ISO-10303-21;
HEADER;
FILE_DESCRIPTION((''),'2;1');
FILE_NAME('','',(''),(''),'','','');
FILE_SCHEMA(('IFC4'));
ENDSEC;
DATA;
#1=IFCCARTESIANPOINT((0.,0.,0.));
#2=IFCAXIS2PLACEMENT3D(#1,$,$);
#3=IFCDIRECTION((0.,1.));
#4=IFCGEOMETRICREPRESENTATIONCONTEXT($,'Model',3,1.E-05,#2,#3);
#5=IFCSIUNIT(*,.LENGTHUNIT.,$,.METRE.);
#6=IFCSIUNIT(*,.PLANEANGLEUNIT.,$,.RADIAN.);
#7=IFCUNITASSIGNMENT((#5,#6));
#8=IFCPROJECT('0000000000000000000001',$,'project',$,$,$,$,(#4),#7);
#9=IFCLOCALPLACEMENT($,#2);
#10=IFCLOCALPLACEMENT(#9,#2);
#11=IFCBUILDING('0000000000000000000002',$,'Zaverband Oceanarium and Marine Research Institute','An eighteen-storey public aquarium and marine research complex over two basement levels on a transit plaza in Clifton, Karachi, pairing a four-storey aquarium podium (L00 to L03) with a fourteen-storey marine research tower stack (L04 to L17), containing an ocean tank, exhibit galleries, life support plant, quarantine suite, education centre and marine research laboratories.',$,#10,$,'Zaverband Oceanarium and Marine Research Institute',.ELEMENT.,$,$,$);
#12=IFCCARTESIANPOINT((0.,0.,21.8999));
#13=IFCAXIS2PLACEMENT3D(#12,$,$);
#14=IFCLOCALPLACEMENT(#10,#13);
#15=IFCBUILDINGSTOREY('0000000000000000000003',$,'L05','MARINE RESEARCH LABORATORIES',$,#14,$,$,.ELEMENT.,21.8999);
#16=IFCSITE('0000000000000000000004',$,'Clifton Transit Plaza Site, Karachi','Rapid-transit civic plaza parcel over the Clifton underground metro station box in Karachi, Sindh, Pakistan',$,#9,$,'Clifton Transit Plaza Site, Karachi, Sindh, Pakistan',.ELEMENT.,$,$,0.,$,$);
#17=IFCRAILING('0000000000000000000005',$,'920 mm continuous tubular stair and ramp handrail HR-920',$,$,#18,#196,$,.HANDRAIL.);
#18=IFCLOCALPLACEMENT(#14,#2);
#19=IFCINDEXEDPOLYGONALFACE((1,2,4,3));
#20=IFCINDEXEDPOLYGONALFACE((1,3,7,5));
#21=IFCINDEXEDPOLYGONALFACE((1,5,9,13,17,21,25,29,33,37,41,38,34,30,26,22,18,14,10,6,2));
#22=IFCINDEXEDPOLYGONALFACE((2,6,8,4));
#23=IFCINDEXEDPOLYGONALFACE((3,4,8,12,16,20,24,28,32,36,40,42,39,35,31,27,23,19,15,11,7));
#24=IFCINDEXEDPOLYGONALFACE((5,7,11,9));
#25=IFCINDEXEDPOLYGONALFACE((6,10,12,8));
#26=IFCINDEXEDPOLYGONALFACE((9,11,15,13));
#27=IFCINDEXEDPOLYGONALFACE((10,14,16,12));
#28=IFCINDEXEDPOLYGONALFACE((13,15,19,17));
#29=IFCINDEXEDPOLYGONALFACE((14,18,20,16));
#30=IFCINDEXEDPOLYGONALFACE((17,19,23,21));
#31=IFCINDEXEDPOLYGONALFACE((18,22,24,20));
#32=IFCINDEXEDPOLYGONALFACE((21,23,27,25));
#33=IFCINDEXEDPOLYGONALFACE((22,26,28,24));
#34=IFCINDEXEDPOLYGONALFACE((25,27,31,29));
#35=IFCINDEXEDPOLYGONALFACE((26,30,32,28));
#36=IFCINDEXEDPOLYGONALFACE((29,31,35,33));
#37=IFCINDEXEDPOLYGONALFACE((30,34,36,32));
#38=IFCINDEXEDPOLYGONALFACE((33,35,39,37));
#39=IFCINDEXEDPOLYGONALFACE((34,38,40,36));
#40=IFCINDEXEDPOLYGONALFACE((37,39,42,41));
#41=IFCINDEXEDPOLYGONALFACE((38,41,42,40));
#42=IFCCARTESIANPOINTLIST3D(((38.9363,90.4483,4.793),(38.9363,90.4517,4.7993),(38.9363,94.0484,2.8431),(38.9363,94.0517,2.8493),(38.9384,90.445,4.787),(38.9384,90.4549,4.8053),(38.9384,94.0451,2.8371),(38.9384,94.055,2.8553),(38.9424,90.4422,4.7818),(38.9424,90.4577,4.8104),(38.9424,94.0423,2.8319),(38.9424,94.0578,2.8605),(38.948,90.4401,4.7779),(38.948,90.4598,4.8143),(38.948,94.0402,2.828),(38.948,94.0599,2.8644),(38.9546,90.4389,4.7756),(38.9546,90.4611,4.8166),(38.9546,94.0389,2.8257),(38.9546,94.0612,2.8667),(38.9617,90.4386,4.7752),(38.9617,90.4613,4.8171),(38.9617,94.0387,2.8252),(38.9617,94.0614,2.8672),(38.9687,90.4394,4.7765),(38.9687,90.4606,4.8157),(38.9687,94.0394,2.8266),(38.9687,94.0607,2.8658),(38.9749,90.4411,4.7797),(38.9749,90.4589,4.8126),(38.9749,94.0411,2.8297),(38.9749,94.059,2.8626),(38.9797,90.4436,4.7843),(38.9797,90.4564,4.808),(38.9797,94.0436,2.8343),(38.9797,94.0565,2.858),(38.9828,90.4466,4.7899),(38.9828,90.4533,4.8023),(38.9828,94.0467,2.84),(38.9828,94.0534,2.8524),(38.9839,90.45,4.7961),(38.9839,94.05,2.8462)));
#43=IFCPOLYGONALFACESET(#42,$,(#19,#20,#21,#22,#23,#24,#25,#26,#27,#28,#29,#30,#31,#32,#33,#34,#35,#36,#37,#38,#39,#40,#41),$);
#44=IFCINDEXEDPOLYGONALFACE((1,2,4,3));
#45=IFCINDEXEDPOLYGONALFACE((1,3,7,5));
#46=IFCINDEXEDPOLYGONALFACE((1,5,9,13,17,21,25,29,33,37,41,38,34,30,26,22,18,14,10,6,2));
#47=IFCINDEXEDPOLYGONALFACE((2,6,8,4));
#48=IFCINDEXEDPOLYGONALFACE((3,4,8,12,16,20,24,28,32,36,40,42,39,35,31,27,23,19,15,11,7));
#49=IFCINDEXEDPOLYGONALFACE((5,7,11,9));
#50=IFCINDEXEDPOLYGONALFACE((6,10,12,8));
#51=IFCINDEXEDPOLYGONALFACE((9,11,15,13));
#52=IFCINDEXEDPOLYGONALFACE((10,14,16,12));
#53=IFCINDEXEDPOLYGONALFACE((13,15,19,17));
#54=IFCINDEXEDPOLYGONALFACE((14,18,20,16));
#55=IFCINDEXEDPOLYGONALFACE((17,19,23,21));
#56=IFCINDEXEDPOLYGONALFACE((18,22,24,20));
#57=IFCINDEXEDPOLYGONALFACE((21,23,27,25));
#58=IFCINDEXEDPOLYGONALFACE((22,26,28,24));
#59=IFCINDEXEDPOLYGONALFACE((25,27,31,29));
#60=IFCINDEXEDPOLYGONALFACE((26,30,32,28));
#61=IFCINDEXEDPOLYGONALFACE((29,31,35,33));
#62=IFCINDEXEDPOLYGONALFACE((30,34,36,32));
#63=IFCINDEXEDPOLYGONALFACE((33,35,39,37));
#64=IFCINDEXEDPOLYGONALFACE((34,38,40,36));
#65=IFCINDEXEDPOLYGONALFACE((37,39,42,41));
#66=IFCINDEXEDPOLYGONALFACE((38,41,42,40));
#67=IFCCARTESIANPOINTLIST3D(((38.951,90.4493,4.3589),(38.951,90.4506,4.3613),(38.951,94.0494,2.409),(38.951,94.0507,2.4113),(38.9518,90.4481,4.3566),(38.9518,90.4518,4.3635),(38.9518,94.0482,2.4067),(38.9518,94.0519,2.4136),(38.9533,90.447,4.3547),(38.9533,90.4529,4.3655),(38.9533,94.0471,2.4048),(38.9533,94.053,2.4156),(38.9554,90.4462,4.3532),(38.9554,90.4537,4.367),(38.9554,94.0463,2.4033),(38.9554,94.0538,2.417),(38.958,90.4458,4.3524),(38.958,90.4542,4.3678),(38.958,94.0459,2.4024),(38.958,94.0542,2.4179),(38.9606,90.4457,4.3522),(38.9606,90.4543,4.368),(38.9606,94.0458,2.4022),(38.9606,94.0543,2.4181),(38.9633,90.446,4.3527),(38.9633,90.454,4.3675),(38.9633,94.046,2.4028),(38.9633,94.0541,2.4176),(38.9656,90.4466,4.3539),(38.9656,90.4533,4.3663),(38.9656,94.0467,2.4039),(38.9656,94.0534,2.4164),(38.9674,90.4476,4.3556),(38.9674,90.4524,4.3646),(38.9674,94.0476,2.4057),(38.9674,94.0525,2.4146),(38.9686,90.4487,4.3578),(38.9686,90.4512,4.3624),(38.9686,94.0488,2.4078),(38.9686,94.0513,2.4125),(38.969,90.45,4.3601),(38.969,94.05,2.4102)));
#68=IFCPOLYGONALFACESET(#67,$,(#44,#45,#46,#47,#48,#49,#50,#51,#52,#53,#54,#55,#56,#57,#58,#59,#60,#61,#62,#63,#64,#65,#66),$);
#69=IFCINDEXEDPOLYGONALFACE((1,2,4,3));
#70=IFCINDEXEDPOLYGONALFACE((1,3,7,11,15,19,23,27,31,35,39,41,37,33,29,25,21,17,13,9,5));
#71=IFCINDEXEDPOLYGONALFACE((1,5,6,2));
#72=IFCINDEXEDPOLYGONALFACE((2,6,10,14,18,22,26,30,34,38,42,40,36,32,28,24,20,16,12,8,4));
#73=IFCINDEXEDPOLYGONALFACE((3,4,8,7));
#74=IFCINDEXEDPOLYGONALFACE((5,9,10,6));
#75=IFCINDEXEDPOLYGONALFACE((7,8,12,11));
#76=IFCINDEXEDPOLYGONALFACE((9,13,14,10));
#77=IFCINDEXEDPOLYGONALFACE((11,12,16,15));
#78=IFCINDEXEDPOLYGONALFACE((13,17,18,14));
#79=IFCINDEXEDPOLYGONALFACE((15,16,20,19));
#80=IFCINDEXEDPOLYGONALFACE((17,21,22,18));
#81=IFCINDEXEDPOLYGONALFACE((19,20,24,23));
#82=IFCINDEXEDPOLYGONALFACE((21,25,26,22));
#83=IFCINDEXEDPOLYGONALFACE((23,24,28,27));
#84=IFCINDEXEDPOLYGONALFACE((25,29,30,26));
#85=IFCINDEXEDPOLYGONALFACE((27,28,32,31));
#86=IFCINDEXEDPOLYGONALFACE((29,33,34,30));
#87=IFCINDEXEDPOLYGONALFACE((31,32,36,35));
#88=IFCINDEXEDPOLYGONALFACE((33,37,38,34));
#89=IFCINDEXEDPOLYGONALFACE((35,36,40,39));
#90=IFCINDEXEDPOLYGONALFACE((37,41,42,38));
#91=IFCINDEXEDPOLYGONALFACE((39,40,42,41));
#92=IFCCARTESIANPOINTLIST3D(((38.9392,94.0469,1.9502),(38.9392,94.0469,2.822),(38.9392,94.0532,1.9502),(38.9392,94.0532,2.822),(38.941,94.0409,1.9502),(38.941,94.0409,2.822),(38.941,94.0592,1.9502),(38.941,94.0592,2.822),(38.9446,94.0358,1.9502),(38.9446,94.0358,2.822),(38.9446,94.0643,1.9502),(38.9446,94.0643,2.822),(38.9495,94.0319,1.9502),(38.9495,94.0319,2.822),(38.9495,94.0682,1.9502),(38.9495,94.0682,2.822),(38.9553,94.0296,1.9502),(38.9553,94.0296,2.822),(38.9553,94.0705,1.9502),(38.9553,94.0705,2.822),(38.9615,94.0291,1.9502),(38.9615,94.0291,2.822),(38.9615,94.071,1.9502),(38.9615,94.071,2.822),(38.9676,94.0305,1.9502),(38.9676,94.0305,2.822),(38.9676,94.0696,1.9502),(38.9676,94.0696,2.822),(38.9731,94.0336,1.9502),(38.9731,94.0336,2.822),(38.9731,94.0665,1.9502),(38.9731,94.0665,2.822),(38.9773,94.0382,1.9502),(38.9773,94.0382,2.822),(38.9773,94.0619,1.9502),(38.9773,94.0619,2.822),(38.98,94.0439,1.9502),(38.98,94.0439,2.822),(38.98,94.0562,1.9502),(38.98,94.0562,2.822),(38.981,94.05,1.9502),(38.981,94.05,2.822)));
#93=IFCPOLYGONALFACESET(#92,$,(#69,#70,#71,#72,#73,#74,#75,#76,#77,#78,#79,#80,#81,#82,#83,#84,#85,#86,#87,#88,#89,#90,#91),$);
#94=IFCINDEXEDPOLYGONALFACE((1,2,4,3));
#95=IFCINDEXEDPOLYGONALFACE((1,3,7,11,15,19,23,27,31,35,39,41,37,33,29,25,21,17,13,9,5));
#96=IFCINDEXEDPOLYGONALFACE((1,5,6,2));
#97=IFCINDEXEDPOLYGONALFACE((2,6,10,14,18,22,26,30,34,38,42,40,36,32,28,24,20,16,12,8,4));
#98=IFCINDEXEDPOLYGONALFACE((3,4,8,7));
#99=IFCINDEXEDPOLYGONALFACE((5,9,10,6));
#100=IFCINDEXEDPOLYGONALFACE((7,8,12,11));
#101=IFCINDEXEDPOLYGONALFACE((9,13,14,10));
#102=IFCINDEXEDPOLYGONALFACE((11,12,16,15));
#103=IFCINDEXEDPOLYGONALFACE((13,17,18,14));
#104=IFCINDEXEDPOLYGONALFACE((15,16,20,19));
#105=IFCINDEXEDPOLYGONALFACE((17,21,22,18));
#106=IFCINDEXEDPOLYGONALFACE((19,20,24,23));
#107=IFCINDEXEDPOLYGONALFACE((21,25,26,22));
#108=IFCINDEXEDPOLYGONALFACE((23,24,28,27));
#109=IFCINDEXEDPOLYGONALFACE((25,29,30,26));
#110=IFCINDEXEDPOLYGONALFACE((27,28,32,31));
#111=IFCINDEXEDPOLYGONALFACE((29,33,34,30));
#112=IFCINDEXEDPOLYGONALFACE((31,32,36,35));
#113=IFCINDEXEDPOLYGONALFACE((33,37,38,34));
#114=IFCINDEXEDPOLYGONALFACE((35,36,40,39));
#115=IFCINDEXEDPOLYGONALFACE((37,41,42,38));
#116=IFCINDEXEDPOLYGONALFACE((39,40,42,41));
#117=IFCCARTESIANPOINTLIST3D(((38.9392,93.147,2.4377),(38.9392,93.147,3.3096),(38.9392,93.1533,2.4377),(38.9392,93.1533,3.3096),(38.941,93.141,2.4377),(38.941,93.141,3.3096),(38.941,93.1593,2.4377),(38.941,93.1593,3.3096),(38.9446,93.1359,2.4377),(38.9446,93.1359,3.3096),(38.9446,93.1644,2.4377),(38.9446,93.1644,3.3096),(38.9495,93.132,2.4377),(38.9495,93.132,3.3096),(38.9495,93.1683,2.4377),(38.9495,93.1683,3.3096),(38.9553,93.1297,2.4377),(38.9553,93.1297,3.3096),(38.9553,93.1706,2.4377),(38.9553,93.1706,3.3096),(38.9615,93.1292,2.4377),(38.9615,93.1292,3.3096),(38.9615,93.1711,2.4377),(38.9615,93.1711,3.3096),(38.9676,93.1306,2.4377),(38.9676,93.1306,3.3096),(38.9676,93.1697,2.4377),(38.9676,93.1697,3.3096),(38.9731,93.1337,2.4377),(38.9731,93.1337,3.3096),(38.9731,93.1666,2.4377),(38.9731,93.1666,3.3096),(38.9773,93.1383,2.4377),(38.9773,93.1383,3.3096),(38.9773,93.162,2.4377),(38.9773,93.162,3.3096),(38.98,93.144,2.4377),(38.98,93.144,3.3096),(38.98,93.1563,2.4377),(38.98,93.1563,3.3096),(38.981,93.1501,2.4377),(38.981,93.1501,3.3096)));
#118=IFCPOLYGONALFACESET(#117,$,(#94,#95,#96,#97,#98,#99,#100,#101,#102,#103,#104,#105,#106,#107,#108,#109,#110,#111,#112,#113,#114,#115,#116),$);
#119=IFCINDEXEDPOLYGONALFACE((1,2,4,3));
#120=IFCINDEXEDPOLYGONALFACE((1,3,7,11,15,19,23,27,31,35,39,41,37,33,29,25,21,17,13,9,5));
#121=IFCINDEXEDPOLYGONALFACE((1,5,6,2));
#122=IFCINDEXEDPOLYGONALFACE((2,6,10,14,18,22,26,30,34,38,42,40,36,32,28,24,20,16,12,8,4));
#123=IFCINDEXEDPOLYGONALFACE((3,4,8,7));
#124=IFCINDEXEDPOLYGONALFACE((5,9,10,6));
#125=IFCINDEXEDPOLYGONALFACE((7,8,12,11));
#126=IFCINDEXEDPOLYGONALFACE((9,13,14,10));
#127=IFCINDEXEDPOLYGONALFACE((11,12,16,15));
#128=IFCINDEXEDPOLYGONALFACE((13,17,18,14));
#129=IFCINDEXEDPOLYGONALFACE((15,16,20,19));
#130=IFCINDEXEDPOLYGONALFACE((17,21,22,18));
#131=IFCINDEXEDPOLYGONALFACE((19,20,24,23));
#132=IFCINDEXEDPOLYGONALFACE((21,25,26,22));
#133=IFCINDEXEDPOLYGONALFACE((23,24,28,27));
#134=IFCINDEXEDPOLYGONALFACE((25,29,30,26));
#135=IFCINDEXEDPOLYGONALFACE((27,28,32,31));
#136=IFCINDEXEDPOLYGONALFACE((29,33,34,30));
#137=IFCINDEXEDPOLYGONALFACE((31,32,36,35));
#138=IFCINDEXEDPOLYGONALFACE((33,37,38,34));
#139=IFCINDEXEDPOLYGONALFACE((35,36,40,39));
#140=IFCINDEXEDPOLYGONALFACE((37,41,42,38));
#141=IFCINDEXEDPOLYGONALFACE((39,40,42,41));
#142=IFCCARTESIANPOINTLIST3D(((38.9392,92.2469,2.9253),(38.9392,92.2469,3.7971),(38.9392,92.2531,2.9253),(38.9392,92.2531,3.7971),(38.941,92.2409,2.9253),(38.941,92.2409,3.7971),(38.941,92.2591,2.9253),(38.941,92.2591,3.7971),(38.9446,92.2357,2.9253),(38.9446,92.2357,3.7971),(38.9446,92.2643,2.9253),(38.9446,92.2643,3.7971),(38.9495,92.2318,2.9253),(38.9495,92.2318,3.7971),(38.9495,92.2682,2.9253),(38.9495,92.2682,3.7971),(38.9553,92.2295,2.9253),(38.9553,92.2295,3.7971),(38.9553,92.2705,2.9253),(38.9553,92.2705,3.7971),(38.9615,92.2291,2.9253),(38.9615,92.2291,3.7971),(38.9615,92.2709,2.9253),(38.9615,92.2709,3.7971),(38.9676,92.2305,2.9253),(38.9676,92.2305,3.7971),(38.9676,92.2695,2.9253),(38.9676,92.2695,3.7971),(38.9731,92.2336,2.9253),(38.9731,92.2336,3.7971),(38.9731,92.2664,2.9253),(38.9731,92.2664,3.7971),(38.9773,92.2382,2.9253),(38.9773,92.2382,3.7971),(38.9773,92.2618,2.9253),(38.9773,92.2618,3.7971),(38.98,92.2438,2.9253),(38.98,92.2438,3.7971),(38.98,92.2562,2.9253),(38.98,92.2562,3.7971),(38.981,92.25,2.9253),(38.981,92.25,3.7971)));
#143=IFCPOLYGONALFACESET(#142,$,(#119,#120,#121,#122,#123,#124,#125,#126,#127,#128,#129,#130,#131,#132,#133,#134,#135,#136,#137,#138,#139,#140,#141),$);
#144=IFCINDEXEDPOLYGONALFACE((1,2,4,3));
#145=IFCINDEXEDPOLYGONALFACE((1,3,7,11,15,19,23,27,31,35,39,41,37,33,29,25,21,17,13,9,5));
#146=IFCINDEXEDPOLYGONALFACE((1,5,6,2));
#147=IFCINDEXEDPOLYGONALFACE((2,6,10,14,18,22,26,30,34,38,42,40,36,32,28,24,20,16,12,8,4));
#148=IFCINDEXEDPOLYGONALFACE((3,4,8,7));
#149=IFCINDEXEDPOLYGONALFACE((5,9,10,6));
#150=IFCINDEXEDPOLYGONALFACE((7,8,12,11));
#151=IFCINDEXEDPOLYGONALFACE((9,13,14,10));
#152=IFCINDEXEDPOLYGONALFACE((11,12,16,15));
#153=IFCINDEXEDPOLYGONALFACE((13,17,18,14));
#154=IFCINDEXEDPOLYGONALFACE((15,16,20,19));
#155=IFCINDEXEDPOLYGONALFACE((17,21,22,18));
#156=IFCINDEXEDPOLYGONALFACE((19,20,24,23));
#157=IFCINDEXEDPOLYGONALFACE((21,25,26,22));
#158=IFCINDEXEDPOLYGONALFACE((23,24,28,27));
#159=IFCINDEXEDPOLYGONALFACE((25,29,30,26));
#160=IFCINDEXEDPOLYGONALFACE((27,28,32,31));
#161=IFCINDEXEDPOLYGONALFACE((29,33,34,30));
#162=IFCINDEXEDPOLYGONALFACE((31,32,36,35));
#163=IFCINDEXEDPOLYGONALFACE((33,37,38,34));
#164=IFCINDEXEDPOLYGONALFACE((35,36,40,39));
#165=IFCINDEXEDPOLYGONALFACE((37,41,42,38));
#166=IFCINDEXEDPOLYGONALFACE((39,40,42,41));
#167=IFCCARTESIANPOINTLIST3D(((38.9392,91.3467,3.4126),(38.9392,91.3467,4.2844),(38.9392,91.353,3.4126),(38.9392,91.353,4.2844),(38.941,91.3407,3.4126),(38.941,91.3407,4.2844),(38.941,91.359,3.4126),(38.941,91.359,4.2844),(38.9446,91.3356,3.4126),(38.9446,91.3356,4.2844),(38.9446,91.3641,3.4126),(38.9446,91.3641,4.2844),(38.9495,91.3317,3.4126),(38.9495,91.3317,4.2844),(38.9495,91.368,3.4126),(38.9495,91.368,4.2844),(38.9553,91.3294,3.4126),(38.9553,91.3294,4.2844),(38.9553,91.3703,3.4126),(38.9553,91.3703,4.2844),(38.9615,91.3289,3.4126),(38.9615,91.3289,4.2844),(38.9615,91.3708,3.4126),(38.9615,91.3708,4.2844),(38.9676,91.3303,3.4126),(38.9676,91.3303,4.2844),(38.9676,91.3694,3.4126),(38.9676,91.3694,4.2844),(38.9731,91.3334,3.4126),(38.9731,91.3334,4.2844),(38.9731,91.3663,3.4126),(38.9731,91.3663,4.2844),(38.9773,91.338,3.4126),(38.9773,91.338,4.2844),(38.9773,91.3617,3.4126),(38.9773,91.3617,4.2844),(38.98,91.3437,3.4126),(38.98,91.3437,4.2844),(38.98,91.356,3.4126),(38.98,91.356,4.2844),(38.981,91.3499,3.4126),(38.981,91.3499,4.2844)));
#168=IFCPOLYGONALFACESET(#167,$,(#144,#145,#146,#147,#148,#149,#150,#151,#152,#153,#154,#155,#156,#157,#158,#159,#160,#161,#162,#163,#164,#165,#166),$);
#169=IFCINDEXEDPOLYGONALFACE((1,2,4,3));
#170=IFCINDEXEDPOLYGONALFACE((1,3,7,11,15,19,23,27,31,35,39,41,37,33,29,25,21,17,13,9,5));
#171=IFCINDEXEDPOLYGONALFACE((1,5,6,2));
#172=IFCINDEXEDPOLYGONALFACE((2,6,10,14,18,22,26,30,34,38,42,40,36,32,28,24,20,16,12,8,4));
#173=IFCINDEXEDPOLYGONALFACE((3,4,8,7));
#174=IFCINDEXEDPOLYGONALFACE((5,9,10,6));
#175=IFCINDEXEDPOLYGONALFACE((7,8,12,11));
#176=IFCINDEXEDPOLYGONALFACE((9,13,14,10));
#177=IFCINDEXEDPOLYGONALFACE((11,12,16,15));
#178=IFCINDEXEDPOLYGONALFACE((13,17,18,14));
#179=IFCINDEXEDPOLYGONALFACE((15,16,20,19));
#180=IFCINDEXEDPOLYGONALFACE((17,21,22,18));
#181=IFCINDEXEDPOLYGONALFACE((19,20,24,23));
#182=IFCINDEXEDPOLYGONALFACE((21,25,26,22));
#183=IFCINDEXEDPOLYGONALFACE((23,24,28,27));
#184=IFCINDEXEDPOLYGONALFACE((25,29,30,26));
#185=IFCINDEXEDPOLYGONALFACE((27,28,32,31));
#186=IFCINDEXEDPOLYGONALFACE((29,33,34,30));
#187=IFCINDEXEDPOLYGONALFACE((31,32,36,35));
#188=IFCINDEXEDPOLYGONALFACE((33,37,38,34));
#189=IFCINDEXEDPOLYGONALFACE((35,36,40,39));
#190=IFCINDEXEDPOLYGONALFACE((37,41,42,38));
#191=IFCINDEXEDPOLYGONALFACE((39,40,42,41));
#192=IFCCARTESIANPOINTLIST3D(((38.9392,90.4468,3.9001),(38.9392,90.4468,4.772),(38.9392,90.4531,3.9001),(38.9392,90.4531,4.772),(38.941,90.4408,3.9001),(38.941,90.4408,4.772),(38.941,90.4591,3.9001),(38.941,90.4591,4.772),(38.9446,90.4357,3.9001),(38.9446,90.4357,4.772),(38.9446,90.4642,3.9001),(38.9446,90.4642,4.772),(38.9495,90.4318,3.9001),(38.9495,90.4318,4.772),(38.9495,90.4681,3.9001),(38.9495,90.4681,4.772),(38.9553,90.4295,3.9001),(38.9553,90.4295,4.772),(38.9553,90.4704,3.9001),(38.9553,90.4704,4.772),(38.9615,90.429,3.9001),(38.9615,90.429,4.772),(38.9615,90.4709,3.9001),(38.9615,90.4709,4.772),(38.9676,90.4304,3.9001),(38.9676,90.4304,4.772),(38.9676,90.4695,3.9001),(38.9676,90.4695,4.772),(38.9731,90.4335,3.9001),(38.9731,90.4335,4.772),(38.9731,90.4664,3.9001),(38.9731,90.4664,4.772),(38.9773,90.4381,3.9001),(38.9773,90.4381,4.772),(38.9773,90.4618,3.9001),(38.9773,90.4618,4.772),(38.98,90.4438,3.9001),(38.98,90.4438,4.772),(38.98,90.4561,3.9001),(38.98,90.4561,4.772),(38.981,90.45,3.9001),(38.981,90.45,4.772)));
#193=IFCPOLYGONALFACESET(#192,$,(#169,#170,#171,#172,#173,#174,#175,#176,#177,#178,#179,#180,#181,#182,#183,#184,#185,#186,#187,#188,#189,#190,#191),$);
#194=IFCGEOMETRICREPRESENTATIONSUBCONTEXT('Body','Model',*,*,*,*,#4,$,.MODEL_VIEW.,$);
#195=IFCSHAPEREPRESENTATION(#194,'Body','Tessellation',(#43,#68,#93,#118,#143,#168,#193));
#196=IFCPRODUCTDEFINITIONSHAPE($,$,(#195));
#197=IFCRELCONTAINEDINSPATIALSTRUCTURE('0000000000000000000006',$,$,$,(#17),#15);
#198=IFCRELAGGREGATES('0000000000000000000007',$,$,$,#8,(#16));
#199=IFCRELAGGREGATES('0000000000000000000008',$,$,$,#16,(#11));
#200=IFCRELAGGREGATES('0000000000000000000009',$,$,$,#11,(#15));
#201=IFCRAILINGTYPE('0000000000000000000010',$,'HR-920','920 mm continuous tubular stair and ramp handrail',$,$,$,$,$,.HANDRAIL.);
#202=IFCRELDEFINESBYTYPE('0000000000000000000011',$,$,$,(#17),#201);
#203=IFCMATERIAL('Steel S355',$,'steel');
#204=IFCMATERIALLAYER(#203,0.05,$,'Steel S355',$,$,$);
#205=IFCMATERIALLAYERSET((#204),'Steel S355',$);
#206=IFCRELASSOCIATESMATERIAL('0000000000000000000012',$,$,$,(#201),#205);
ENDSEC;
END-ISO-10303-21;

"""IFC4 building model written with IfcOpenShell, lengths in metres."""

from ifc_helpers import new_model, si_unit, direction, frame, origin, origin_2d, place, context, subcontext, project, spatial, circle, extrude, material, layer, layer_set, type_object, element, save


model = new_model("IFC4")

# Units and contexts
model_context = context("Model", 3, precision=1e-05, world=origin(), true_north=direction((0.0, 1.0)))
body_context = subcontext(model_context, "Body", "Model", "MODEL_VIEW")
ifc_project = project(units=[si_unit("LENGTHUNIT", "METRE"), si_unit("PLANEANGLEUNIT", "RADIAN")], contexts=[model_context])

# Site, building, storey
site_placement = place(None, origin())
site = spatial("IfcSite", under=ifc_project, at=site_placement, Name="Clifton Transit Plaza Site, Karachi", Description="Rapid-transit civic plaza parcel over the Clifton underground metro station box in Karachi, Sindh, Pakistan", LongName="Clifton Transit Plaza Site, Karachi, Sindh, Pakistan", CompositionType="ELEMENT", RefElevation=0.0)
building_placement = place(site_placement, origin())
building = spatial("IfcBuilding", under=site, at=building_placement, Name="Zaverband Oceanarium and Marine Research Institute", Description="An eighteen-storey public aquarium and marine research complex over two basement levels on a transit plaza in Clifton, Karachi, pairing a four-storey aquarium podium (L00 to L03) with a fourteen-storey marine research tower stack (L04 to L17), containing an ocean tank, exhibit galleries, life support plant, quarantine suite, education centre and marine research laboratories.", LongName="Zaverband Oceanarium and Marine Research Institute", CompositionType="ELEMENT")
storey_placement = place(building_placement, frame((0.0, 0.0, 21.8999)))
storey = spatial("IfcBuildingStorey", under=building, at=storey_placement, Name="L05", Description="MARINE RESEARCH LABORATORIES", CompositionType="ELEMENT", Elevation=21.8999)

# Shared definitions
ifc_material_1 = material(Name="Steel S355", Category="steel")

# Railing
ifc_layer_1 = layer(ifc_material_1, 0.05, Name="Steel S355")
ifc_layer_set_1 = layer_set([ifc_layer_1], Name="Steel S355")
railing_type_1 = type_object("IfcRailingType", Name="HR-920", Description="920 mm continuous tubular stair and ramp handrail", PredefinedType="HANDRAIL", material=ifc_layer_set_1)
railing_1_placement = place(storey_placement, frame((38.96, 94.05, 1.9502)))
element("IfcRailing", 1, at=railing_1_placement, inside=storey, type_object=railing_type_1, Name="920 mm continuous tubular stair and ramp handrail HR-920", PredefinedType="HANDRAIL", context=body_context, shape_type="SweptSolid", body=[
    extrude(circle(Radius=0.0239, at=origin_2d()), frame((0.0, 0.0, 0.896), z_axis=(0.0, -0.879302, 0.476264), x_axis=(1.0, 0.0, 0.0)), (0.0, 0.0, 1.0), 4.0942),
    extrude(circle(Radius=0.009, at=origin_2d()), frame((0.0, 0.0, 0.46), z_axis=(0.0, -0.879302, 0.476264), x_axis=(1.0, 0.0, 0.0)), (0.0, 0.0, 1.0), 4.0942),
    extrude(circle(Radius=0.021, at=origin_2d()), origin(), (0.0, 0.0, 1.0), 0.8718),
    extrude(circle(Radius=0.021, at=origin_2d()), frame((0.0, -0.8999, 0.4875)), (0.0, 0.0, 1.0), 0.8718),
    extrude(circle(Radius=0.021, at=origin_2d()), frame((0.0, -1.8, 0.9751)), (0.0, 0.0, 1.0), 0.8718),
    extrude(circle(Radius=0.021, at=origin_2d()), frame((0.0, -2.7002, 1.4624)), (0.0, 0.0, 1.0), 0.8718),
    extrude(circle(Radius=0.021, at=origin_2d()), frame((0.0, -3.6001, 1.95)), (0.0, 0.0, 1.0), 0.8718),
])

save(model, "model.ifc")
